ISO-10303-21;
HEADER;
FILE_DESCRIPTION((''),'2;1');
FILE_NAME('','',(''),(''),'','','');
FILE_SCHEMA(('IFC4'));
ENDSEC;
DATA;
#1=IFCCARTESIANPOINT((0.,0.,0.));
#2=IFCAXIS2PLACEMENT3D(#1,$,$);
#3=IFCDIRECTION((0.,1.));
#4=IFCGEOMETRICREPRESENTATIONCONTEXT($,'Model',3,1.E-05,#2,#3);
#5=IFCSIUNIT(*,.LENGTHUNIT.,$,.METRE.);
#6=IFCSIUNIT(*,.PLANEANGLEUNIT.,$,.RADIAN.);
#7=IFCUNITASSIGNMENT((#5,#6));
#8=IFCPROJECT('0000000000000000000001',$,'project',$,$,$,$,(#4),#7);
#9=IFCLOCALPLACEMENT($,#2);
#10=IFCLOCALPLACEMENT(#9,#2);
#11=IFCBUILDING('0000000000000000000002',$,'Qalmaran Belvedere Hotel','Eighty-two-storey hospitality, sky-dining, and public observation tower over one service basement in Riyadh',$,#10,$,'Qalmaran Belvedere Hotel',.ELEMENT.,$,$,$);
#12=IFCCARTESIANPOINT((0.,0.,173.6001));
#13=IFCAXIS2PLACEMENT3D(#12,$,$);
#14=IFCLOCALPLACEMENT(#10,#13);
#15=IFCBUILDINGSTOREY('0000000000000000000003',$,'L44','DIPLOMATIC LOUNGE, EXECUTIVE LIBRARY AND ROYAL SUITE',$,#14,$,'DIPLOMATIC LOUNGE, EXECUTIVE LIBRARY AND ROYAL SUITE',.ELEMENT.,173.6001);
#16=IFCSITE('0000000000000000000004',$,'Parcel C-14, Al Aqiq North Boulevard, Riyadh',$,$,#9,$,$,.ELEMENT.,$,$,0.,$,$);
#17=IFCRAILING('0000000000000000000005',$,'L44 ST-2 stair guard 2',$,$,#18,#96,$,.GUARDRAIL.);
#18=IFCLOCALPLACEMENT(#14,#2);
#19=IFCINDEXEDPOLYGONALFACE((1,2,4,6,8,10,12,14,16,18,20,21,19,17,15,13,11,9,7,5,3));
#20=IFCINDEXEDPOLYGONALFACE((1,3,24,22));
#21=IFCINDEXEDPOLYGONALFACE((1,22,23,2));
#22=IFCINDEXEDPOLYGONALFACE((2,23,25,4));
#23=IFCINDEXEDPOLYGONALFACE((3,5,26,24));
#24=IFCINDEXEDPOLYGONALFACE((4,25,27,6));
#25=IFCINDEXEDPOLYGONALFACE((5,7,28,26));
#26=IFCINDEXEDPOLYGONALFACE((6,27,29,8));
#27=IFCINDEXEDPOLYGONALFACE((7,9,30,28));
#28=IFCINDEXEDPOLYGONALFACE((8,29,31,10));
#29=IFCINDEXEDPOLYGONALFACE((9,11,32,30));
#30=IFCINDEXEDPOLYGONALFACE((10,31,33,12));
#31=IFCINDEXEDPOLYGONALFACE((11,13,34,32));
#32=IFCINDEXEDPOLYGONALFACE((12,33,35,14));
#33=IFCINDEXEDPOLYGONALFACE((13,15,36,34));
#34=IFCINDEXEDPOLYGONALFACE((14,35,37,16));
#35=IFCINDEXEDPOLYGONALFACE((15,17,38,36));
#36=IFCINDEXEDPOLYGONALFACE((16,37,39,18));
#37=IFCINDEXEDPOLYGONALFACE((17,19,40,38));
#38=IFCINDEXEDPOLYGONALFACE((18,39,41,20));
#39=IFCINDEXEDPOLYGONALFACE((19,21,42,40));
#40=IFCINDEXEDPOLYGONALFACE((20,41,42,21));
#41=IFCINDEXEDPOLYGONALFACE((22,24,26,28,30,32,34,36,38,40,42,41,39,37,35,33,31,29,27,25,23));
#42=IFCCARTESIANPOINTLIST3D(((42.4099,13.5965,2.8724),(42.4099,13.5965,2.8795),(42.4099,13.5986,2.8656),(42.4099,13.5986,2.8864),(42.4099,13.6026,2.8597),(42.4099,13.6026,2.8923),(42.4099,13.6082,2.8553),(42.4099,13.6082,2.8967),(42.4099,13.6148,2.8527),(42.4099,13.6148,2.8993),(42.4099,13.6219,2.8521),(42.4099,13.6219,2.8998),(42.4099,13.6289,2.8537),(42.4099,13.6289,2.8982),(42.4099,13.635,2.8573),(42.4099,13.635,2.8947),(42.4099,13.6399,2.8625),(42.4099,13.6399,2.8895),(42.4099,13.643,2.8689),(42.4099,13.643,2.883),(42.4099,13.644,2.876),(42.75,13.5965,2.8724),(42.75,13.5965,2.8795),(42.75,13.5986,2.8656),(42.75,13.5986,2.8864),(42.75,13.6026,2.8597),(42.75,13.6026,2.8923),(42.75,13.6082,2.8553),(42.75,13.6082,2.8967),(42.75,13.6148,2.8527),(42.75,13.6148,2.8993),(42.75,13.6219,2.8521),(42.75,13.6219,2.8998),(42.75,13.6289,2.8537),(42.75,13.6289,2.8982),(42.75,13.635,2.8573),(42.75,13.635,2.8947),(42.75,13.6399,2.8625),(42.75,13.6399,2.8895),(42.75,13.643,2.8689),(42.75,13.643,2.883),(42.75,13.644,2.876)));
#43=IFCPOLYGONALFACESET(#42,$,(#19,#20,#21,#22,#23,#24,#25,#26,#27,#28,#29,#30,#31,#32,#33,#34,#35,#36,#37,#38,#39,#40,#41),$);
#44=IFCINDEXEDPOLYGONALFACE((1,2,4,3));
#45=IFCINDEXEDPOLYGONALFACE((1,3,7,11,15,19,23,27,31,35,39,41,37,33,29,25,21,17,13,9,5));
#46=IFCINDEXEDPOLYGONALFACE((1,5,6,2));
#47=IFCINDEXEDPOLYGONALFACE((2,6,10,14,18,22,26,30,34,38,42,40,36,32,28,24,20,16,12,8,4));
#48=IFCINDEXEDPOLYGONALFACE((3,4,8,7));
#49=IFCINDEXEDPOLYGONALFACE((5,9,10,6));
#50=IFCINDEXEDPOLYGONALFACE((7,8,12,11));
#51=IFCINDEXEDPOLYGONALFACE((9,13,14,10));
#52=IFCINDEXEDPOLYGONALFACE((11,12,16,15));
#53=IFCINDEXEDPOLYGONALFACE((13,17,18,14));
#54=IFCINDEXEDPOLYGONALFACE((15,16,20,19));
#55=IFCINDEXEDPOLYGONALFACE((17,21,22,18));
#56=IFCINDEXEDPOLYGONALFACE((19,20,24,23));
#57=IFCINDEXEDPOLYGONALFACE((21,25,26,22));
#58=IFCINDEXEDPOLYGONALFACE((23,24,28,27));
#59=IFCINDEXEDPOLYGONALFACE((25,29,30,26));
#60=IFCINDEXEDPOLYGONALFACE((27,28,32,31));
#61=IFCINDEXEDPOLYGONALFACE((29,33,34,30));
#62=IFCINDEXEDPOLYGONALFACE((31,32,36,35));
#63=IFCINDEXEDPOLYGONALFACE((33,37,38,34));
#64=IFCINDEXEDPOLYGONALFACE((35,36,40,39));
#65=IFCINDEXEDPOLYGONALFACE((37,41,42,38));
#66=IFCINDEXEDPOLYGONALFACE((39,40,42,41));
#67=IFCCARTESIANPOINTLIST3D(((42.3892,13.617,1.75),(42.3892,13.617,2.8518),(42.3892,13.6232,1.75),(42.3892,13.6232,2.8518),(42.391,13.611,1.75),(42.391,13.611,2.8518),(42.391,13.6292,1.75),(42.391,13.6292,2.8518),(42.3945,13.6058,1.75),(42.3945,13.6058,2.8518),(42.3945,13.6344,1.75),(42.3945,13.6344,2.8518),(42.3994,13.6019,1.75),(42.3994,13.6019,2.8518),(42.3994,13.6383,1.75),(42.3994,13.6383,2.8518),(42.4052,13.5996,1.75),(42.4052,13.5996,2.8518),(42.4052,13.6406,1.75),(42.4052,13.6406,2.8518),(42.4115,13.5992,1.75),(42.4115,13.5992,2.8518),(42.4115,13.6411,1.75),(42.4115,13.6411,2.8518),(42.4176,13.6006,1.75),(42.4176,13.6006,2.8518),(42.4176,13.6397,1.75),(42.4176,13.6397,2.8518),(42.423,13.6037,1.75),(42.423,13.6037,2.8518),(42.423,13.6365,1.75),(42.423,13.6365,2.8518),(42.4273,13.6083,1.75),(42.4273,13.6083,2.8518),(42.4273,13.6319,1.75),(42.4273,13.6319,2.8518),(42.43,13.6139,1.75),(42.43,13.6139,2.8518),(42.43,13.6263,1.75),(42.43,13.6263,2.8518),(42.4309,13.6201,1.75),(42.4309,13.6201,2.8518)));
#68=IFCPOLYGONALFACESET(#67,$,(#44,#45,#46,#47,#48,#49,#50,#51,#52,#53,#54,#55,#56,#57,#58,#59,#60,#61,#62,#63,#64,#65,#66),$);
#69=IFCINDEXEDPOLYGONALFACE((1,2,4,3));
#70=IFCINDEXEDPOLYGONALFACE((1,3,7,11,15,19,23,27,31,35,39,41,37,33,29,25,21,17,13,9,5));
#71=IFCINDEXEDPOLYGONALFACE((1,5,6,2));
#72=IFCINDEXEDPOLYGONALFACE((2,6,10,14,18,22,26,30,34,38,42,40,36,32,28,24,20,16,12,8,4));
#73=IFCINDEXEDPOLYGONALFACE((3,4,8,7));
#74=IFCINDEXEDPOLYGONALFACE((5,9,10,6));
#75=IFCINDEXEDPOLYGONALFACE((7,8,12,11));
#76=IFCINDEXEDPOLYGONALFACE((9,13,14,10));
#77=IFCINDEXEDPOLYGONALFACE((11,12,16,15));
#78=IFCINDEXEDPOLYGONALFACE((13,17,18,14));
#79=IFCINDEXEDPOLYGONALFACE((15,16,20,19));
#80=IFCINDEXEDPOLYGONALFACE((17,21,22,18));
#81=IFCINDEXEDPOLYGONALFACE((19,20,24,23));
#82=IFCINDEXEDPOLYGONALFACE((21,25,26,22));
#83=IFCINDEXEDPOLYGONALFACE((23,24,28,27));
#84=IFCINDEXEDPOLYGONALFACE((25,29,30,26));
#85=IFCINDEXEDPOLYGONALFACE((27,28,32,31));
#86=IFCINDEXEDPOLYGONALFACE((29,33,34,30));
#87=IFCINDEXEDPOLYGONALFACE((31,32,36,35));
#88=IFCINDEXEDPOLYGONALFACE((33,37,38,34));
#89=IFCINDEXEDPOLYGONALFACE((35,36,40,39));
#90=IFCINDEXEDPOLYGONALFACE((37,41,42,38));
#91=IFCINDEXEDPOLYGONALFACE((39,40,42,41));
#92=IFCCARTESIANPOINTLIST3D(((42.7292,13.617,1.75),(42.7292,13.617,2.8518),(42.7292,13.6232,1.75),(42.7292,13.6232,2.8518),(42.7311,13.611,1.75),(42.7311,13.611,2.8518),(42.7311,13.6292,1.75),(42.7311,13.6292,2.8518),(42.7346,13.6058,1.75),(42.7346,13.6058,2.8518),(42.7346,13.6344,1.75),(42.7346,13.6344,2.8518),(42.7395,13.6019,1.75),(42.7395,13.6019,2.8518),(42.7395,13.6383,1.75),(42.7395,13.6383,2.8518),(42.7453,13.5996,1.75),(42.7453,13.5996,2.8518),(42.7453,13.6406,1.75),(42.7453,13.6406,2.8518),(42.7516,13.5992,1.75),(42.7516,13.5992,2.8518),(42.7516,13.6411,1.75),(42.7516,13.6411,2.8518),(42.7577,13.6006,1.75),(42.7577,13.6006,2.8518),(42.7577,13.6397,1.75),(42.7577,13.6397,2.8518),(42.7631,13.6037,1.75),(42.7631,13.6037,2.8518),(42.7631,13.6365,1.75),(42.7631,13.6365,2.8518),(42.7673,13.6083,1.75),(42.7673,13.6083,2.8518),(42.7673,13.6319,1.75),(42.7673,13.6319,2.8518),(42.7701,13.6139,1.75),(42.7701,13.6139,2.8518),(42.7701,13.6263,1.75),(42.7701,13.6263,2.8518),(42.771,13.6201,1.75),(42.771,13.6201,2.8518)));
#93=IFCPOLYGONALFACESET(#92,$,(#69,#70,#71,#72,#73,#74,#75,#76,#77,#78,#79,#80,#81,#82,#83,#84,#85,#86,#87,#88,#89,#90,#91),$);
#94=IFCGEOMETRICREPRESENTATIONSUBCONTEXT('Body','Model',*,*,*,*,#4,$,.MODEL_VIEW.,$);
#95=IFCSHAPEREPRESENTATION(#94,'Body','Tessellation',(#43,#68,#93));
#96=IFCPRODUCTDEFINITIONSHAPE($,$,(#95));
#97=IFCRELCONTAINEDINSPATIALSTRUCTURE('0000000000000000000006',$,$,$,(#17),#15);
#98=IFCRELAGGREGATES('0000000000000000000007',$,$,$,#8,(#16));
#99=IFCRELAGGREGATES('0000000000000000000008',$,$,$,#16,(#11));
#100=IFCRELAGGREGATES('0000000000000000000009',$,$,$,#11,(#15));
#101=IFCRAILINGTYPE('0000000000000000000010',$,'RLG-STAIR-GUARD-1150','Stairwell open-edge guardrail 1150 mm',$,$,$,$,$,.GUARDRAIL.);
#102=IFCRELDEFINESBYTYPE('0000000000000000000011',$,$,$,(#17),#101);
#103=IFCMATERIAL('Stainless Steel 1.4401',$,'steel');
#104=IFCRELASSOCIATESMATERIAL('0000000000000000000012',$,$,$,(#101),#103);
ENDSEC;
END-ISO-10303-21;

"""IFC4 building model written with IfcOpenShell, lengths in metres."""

from ifc_helpers import new_model, si_unit, direction, frame, origin, origin_2d, place, context, subcontext, project, spatial, circle, extrude, material, type_object, element, save


model = new_model("IFC4")

# Units and contexts
model_context = context("Model", 3, precision=1e-05, world=origin(), true_north=direction((0.0, 1.0)))
body_context = subcontext(model_context, "Body", "Model", "MODEL_VIEW")
ifc_project = project(units=[si_unit("LENGTHUNIT", "METRE"), si_unit("PLANEANGLEUNIT", "RADIAN")], contexts=[model_context])

# Site, building, storey
site_placement = place(None, origin())
site = spatial("IfcSite", under=ifc_project, at=site_placement, Name="Parcel C-14, Al Aqiq North Boulevard, Riyadh", CompositionType="ELEMENT", RefElevation=0.0)
building_placement = place(site_placement, origin())
building = spatial("IfcBuilding", under=site, at=building_placement, Name="Qalmaran Belvedere Hotel", Description="Eighty-two-storey hospitality, sky-dining, and public observation tower over one service basement in Riyadh", LongName="Qalmaran Belvedere Hotel", CompositionType="ELEMENT")
storey_placement = place(building_placement, frame((0.0, 0.0, 173.6001)))
storey = spatial("IfcBuildingStorey", under=building, at=storey_placement, Name="L44", Description="DIPLOMATIC LOUNGE, EXECUTIVE LIBRARY AND ROYAL SUITE", LongName="DIPLOMATIC LOUNGE, EXECUTIVE LIBRARY AND ROYAL SUITE", CompositionType="ELEMENT", Elevation=173.6001)

# Railing
ifc_material_1 = material(Name="Stainless Steel 1.4401", Category="steel")
railing_type_1 = type_object("IfcRailingType", Name="RLG-STAIR-GUARD-1150", Description="Stairwell open-edge guardrail 1150 mm", PredefinedType="GUARDRAIL", material=ifc_material_1)
railing_1_placement = place(storey_placement, frame((42.4099, 13.6201, 1.75)))
element("IfcRailing", 1, at=railing_1_placement, inside=storey, type_object=railing_type_1, Name="L44 ST-2 stair guard 2", PredefinedType="GUARDRAIL", context=body_context, shape_type="SweptSolid", body=[
    extrude(circle(Radius=0.0239, at=origin_2d()), frame((0.0, 0.0, 1.126), z_axis=(1.0, 0.0, 0.0), x_axis=(0.0, 1.0, 0.0)), (0.0, 0.0, 1.0), 0.3401),
    extrude(circle(Radius=0.021, at=origin_2d()), origin(), (0.0, 0.0, 1.0), 1.1018),
    extrude(circle(Radius=0.021, at=origin_2d()), frame((0.3401, 0.0, 0.0)), (0.0, 0.0, 1.0), 1.1018),
])

save(model, "model.ifc")
